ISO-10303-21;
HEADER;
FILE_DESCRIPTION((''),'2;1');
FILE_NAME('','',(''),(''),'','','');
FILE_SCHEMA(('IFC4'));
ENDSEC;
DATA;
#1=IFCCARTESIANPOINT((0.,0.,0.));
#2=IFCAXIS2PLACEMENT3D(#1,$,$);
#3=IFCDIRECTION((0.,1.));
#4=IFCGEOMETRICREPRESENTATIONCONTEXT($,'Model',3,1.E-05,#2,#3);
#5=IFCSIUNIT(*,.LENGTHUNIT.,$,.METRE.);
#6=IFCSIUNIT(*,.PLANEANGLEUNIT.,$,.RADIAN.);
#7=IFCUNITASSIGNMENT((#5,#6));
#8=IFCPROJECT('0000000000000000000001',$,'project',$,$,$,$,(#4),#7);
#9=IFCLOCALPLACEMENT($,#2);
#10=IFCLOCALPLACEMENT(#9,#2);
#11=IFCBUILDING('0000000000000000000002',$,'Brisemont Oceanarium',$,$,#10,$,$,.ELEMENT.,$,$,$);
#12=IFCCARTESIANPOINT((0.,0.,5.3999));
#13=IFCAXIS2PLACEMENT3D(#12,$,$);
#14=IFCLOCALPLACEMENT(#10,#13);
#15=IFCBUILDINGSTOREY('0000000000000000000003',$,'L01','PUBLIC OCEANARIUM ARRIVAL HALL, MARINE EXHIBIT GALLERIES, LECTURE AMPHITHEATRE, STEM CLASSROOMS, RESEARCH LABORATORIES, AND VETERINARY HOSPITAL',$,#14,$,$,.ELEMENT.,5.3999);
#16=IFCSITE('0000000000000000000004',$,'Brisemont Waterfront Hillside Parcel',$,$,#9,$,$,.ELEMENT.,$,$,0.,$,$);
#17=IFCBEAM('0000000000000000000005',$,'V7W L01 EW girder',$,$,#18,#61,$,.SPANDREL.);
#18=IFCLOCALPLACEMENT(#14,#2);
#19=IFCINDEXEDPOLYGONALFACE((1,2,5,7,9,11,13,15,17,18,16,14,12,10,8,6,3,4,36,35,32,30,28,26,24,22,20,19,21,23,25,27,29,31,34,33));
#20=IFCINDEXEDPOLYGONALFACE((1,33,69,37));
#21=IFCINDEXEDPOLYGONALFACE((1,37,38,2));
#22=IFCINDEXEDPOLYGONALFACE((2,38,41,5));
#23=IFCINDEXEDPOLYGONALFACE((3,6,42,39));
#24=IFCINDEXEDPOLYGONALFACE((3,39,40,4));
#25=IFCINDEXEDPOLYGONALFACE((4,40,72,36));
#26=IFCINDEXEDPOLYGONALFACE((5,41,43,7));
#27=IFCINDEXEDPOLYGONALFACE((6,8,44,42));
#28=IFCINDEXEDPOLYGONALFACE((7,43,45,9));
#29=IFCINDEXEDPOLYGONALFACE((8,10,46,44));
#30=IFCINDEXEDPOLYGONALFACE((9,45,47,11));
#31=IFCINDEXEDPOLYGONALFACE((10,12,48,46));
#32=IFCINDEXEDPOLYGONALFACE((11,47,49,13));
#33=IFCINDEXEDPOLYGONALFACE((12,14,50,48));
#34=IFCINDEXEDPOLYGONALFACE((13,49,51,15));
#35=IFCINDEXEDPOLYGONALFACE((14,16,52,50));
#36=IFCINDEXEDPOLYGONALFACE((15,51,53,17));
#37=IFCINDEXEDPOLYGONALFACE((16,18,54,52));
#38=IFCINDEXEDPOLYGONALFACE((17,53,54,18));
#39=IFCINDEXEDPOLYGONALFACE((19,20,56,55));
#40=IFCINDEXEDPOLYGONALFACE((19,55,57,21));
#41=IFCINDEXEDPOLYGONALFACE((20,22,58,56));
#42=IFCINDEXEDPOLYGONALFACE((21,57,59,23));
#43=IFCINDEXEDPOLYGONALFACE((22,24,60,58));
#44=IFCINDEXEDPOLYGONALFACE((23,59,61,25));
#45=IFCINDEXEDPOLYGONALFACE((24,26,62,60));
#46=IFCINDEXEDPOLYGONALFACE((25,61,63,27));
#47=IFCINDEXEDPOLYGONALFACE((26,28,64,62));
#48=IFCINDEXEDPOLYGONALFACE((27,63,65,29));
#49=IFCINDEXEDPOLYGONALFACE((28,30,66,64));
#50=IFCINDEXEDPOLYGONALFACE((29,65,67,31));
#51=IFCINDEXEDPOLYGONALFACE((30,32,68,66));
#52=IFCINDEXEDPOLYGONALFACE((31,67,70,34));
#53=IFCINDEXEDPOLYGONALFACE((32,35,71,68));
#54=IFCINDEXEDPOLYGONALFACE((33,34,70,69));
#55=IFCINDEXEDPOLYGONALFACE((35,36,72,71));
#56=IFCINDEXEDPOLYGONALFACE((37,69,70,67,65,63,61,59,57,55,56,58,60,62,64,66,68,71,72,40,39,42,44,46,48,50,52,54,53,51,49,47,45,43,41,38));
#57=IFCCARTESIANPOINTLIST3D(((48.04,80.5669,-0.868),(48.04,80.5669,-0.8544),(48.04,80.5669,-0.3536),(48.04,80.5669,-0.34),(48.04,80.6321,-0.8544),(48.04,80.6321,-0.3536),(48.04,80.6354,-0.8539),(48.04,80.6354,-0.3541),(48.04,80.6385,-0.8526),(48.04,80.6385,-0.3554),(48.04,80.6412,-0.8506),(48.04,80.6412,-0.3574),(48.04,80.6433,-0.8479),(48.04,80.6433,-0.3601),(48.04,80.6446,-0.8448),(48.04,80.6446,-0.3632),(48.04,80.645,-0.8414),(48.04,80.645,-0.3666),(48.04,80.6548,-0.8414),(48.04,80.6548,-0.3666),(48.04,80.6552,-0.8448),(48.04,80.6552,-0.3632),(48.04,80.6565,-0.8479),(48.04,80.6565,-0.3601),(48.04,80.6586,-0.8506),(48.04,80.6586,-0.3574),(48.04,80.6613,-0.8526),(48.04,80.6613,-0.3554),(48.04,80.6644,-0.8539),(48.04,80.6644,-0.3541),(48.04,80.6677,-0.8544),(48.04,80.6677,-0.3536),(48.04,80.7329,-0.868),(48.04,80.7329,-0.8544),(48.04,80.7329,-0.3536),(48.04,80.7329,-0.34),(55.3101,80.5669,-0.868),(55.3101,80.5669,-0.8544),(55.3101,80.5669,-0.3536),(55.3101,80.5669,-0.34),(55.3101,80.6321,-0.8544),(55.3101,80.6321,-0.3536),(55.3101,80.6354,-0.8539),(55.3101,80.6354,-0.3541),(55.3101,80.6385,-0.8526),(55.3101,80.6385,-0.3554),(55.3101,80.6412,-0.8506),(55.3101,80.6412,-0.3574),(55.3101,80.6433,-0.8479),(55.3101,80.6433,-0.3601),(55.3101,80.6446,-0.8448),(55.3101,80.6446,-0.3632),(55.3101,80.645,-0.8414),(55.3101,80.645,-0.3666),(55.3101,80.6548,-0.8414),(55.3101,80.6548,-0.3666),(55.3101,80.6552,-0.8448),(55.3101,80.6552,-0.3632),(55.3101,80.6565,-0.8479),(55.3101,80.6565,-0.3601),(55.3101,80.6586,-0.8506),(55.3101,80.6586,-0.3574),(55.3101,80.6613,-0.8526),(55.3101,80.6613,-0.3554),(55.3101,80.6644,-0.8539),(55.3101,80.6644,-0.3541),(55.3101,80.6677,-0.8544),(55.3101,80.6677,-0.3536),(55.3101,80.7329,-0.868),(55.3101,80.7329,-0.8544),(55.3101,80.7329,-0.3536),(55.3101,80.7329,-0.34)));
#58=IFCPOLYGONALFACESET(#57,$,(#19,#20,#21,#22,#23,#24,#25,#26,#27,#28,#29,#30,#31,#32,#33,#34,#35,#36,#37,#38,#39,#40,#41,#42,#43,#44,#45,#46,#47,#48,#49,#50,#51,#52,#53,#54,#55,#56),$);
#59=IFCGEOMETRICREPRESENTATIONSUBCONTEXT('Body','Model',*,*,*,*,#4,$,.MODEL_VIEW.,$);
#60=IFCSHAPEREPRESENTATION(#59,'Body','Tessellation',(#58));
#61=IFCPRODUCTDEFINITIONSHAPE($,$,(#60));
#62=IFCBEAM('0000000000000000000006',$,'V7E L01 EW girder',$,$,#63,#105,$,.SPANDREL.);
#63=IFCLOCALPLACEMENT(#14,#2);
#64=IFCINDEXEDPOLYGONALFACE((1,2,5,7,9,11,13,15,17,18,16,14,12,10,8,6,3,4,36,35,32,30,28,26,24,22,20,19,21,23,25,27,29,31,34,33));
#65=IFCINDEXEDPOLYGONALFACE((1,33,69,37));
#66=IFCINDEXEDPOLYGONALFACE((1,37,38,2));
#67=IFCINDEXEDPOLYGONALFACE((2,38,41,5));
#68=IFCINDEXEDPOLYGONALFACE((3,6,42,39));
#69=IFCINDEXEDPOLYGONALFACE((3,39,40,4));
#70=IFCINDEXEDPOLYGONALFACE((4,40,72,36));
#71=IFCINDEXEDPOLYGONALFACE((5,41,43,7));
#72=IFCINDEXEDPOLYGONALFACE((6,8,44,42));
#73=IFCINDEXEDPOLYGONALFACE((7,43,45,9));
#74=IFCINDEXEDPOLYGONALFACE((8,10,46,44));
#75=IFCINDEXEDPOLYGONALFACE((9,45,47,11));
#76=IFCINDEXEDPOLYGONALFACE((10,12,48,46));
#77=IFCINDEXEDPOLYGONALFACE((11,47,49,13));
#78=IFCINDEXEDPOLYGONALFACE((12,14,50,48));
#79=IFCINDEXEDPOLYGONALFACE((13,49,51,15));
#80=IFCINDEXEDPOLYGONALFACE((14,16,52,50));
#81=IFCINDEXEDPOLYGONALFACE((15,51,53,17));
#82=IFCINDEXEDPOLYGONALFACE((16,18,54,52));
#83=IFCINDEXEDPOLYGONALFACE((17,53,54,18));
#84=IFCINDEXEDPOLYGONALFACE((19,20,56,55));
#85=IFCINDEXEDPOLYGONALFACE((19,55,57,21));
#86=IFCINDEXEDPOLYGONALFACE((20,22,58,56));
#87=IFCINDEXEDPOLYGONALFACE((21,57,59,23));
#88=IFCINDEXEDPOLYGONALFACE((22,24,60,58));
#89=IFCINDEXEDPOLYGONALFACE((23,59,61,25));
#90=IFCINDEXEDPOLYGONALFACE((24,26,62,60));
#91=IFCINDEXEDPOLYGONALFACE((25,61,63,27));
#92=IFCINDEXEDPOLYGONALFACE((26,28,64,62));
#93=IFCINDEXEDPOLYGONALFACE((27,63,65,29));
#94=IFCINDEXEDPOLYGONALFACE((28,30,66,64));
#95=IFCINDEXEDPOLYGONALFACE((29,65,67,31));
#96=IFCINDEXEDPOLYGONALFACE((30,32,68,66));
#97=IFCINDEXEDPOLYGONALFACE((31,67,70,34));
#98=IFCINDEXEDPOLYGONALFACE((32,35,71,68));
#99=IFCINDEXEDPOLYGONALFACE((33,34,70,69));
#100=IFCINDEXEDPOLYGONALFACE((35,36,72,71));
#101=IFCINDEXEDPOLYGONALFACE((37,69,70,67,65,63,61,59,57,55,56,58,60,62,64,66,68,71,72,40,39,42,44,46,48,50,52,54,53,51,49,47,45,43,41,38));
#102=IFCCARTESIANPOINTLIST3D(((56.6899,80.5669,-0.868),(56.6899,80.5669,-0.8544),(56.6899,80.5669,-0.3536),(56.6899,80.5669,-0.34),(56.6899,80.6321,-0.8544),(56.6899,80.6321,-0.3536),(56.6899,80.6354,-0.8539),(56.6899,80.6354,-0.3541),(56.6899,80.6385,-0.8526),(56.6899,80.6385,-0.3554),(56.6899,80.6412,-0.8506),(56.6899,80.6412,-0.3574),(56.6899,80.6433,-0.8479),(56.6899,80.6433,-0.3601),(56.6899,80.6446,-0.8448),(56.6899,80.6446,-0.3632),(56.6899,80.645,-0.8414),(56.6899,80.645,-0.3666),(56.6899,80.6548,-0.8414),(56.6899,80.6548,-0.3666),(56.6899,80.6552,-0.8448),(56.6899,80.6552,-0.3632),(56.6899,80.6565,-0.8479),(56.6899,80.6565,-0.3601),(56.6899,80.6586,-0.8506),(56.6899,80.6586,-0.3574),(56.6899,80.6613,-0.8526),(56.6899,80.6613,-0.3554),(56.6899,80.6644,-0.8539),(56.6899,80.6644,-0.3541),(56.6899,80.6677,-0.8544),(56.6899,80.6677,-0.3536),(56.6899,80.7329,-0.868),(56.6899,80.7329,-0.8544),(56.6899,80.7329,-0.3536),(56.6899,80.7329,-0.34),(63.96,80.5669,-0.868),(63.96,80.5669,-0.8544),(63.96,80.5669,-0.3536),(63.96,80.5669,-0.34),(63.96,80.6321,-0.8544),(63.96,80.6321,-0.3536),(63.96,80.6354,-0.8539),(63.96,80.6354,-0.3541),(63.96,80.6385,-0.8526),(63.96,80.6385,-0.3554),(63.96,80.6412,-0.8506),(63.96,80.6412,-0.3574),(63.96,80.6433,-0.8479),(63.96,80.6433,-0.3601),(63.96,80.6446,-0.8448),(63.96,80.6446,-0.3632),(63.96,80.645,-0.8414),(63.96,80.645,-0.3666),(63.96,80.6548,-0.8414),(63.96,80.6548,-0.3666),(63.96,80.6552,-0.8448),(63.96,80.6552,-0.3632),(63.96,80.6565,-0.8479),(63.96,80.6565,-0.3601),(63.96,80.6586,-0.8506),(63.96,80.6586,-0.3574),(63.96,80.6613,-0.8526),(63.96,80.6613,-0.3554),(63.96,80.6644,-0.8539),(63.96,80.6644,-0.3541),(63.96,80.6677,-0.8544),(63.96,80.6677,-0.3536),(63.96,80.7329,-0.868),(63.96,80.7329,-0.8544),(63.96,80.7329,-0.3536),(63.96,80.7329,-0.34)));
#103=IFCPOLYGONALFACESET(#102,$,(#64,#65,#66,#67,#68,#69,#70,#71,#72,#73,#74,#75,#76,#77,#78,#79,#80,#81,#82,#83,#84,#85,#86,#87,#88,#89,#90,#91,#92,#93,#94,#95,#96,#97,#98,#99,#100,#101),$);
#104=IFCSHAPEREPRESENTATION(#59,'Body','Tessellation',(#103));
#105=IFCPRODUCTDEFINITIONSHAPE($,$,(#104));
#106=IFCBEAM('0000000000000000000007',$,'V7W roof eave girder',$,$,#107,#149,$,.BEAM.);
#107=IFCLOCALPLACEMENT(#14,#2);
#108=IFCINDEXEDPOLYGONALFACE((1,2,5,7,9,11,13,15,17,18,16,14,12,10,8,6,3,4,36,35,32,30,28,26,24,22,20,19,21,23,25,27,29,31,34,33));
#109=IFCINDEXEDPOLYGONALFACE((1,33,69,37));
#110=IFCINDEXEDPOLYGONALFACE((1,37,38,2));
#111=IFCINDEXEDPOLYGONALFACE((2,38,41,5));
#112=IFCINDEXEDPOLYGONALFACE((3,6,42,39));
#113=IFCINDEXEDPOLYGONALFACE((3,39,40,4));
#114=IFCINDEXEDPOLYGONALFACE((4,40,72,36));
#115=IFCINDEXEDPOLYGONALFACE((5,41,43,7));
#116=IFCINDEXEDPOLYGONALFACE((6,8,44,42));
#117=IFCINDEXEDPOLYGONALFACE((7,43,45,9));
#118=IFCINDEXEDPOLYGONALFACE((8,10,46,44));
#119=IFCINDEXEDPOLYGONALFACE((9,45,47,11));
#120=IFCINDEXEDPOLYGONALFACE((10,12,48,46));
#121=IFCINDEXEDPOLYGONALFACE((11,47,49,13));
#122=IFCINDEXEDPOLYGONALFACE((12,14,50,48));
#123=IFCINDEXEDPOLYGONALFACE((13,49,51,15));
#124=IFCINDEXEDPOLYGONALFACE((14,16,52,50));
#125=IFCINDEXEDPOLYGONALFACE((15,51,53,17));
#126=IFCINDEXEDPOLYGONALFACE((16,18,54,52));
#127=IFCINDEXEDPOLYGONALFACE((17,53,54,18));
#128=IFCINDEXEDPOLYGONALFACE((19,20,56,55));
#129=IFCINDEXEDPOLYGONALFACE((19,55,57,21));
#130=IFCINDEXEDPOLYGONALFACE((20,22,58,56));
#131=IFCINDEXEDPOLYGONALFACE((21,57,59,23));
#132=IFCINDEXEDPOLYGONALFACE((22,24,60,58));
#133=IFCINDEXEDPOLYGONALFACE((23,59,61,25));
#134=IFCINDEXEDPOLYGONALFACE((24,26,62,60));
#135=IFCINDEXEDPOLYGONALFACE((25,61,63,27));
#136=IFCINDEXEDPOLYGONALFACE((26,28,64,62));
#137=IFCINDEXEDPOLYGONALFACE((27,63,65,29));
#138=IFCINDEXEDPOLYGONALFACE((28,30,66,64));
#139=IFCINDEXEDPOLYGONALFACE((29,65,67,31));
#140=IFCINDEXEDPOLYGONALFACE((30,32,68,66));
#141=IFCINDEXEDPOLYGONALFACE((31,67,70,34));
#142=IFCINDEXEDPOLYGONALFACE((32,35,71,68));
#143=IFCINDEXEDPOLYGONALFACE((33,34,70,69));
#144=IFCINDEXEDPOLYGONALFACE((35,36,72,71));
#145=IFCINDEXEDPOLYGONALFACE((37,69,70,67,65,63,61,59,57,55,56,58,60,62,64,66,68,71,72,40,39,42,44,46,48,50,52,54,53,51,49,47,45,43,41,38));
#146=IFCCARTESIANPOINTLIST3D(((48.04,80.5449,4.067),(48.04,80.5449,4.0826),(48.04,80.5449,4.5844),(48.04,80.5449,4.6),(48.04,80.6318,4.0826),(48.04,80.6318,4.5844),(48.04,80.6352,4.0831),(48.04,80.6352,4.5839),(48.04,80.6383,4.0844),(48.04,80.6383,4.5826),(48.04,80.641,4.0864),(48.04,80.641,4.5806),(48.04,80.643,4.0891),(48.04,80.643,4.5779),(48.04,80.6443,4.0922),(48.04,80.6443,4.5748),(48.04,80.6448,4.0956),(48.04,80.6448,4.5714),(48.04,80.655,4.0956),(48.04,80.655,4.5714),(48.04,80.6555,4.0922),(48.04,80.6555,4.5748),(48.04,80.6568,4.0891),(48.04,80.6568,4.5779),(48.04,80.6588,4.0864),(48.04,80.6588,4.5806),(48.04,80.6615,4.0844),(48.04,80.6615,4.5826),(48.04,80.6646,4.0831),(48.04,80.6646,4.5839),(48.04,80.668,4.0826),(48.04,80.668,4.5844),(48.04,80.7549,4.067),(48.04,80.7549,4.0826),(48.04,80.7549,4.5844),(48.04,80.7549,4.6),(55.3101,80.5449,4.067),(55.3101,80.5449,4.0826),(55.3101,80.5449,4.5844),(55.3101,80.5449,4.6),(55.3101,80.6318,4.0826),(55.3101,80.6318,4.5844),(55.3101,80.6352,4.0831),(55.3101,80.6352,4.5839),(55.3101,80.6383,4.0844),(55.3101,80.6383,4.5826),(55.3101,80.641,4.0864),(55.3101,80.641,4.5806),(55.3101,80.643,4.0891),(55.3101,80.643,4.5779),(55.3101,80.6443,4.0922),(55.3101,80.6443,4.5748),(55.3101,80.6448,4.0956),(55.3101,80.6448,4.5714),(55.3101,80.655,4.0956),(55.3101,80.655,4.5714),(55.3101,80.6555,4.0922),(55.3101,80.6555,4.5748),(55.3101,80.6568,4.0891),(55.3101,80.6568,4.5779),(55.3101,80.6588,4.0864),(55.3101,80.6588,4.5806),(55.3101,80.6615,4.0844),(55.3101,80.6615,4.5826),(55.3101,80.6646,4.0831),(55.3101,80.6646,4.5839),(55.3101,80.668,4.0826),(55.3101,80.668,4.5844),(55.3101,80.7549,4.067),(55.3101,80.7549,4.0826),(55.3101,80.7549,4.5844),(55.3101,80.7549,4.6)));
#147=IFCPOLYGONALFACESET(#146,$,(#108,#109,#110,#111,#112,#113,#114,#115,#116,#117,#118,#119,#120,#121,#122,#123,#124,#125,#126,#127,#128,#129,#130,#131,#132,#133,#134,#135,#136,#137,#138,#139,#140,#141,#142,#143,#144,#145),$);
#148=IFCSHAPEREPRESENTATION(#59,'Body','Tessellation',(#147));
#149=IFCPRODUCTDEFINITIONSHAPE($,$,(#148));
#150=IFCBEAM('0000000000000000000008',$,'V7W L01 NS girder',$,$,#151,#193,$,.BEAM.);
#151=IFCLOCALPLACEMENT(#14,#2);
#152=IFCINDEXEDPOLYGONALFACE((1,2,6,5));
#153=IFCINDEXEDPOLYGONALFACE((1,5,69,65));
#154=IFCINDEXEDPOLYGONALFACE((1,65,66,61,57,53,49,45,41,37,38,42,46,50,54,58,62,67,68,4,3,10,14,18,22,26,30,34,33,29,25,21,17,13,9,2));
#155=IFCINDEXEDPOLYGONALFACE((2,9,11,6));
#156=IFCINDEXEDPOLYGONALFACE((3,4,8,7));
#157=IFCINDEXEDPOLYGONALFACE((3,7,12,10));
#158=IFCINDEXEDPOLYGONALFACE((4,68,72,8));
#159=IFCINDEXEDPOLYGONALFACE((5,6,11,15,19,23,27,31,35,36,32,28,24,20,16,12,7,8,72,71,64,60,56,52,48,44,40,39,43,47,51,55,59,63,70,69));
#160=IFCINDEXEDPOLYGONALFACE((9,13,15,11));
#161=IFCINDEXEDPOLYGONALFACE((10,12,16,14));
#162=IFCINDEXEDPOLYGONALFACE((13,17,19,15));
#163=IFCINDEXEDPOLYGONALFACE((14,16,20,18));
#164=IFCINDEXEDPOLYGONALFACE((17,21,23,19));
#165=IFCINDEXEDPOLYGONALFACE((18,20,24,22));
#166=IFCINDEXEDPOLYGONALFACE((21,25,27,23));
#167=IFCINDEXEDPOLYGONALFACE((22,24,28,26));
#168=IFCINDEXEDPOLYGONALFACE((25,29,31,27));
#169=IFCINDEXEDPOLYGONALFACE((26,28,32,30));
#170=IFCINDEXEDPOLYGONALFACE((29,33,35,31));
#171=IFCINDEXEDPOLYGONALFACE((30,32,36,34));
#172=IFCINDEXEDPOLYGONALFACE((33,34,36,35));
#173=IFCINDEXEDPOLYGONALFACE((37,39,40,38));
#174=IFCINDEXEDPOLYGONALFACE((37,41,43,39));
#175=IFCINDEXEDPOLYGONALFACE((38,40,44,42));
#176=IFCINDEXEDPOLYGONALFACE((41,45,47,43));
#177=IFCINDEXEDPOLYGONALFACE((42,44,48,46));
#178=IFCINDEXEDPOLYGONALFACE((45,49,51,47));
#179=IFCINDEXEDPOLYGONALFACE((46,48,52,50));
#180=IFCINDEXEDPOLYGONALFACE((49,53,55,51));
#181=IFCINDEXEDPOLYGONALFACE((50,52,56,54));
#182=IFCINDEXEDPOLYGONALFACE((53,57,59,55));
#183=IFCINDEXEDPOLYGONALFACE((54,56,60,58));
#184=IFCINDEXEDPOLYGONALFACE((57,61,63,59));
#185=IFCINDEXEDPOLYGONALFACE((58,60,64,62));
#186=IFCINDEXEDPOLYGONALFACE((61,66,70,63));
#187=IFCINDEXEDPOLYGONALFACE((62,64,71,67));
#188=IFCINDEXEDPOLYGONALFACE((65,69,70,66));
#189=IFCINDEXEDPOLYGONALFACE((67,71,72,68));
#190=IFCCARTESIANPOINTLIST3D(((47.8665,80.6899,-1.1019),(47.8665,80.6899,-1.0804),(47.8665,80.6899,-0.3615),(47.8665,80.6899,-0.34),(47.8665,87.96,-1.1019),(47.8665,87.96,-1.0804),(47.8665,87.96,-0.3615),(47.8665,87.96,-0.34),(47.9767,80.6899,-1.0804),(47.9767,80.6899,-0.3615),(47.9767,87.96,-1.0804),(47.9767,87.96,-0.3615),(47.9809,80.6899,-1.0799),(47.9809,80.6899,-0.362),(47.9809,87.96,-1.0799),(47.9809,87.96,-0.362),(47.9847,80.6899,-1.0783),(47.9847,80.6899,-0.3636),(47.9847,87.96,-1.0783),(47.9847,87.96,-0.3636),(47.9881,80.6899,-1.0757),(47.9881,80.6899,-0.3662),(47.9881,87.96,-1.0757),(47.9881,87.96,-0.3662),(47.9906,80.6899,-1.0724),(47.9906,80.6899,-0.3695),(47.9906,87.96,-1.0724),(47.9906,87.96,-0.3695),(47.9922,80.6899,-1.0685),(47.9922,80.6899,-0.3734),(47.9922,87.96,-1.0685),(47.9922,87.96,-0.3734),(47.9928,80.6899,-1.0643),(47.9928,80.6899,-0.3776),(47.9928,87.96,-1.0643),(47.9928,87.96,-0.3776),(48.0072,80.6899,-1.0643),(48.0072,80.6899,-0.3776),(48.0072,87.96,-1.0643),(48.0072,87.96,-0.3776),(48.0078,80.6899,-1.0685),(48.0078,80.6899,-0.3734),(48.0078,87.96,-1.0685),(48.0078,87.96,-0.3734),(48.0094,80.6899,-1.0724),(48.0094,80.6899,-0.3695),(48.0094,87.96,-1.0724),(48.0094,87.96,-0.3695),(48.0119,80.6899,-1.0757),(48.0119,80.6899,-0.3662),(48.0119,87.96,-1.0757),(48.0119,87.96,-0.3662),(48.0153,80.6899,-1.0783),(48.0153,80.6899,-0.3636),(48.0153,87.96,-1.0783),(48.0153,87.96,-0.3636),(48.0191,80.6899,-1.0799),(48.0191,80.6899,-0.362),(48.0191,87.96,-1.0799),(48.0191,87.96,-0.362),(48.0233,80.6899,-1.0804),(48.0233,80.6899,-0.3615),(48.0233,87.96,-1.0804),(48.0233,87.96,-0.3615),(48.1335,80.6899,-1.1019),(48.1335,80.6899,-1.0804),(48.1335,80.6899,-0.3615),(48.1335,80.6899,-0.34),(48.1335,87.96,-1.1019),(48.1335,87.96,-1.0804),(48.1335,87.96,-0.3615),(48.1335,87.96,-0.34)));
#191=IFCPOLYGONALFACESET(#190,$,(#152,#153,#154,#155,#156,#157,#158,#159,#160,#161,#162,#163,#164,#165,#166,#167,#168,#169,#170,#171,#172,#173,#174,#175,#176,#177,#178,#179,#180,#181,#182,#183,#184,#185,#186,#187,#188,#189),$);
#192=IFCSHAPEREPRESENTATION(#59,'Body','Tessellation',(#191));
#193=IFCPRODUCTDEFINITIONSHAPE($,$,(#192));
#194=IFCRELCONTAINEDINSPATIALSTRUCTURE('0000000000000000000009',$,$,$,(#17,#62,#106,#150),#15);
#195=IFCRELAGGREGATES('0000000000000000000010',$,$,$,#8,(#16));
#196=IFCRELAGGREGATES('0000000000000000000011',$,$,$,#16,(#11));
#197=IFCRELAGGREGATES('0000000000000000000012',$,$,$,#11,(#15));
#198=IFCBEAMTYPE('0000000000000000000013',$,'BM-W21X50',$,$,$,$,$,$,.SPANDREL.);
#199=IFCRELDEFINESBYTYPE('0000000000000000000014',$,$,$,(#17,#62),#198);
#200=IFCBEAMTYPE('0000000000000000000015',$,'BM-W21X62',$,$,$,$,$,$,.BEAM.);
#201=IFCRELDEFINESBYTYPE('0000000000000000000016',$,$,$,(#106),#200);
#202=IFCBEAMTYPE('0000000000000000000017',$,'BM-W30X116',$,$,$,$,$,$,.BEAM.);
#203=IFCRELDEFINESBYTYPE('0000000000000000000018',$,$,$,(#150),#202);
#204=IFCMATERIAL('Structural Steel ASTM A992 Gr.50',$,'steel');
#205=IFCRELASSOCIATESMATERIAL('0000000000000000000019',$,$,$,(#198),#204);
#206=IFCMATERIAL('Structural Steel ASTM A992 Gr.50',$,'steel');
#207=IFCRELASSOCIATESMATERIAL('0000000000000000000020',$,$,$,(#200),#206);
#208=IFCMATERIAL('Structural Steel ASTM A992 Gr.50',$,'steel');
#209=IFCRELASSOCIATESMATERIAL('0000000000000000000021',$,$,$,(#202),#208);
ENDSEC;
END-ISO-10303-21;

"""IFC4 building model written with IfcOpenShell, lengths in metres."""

from ifc_helpers import new_model, si_unit, direction, frame, origin, origin_2d, place, context, subcontext, project, spatial, i_section, extrude, material, material_profile, profile_set, type_object, element, save


model = new_model("IFC4")

# Units and contexts
model_context = context("Model", 3, precision=1e-05, world=origin(), true_north=direction((0.0, 1.0)))
body_context = subcontext(model_context, "Body", "Model", "MODEL_VIEW")
ifc_project = project(units=[si_unit("LENGTHUNIT", "METRE"), si_unit("PLANEANGLEUNIT", "RADIAN")], contexts=[model_context])

# Site, building, storey
site_placement = place(None, origin())
site = spatial("IfcSite", under=ifc_project, at=site_placement, Name="Brisemont Waterfront Hillside Parcel", CompositionType="ELEMENT", RefElevation=0.0)
building_placement = place(site_placement, origin())
building = spatial("IfcBuilding", under=site, at=building_placement, Name="Brisemont Oceanarium", CompositionType="ELEMENT")
storey_placement = place(building_placement, frame((0.0, 0.0, 5.3999)))
storey = spatial("IfcBuildingStorey", under=building, at=storey_placement, Name="L01", Description="PUBLIC OCEANARIUM ARRIVAL HALL, MARINE EXHIBIT GALLERIES, LECTURE AMPHITHEATRE, STEM CLASSROOMS, RESEARCH LABORATORIES, AND VETERINARY HOSPITAL", CompositionType="ELEMENT", Elevation=5.3999)

# Beams
ifc_material_1 = material(Name="Structural Steel ASTM A992 Gr.50", Category="steel")
ifc_material_profile_1 = material_profile(ifc_material_1, i_section(OverallWidth=0.166, OverallDepth=0.5281, WebThickness=0.0098, FlangeThickness=0.0137, FilletRadius=0.0129, at=origin_2d()), Name="W21X50")
ifc_profile_set_1 = profile_set([ifc_material_profile_1], Name="Structural Steel ASTM A992 Gr.50")
beam_type_1 = type_object("IfcBeamType", Name="BM-W21X50", PredefinedType="SPANDREL", material=ifc_profile_set_1)
for number, where, z_axis, x_axis, name in (
    (1, (48.04, 80.6499, -0.604), (1.0, 0.0, 0.0), (0.0, 1.0, 0.0), "V7W L01 EW girder"),
    (2, (56.6899, 80.6499, -0.604), (1.0, 0.0, 0.0), (0.0, 1.0, 0.0), "V7E L01 EW girder"),
):
    element("IfcBeam", number, at=place(storey_placement, frame(where, z_axis=z_axis, x_axis=x_axis)), inside=storey, type_object=beam_type_1, Name=name, PredefinedType="SPANDREL", context=body_context, shape_type="SweptSolid", body=[
        extrude(i_section(OverallWidth=0.166, OverallDepth=0.5281, WebThickness=0.0098, FlangeThickness=0.0137, FilletRadius=0.0129, at=origin_2d()), origin(), (0.0, 0.0, 1.0), 7.27),
    ])
ifc_material_2 = material(Name="Structural Steel ASTM A992 Gr.50", Category="steel")
ifc_material_profile_2 = material_profile(ifc_material_2, i_section(OverallWidth=0.21, OverallDepth=0.533, WebThickness=0.0103, FlangeThickness=0.0156, FilletRadius=0.0129, at=origin_2d()), Name="W21X62")
ifc_profile_set_2 = profile_set([ifc_material_profile_2], Name="Structural Steel ASTM A992 Gr.50")
beam_type_2 = type_object("IfcBeamType", Name="BM-W21X62", PredefinedType="BEAM", material=ifc_profile_set_2)
beam_1_placement = place(storey_placement, frame((48.04, 80.6499, 4.3335), z_axis=(1.0, 0.0, 0.0), x_axis=(0.0, 1.0, 0.0)))
element("IfcBeam", 3, at=beam_1_placement, inside=storey, type_object=beam_type_2, Name="V7W roof eave girder", PredefinedType="BEAM", context=body_context, shape_type="SweptSolid", body=[
    extrude(i_section(OverallWidth=0.21, OverallDepth=0.533, WebThickness=0.0103, FlangeThickness=0.0156, FilletRadius=0.0129, at=origin_2d()), origin(), (0.0, 0.0, 1.0), 7.27),
])
ifc_material_3 = material(Name="Structural Steel ASTM A992 Gr.50", Category="steel")
ifc_material_profile_3 = material_profile(ifc_material_3, i_section(OverallWidth=0.2671, OverallDepth=0.762, WebThickness=0.0144, FlangeThickness=0.0215, FilletRadius=0.0161, at=origin_2d()), Name="W30X116")
ifc_profile_set_3 = profile_set([ifc_material_profile_3], Name="Structural Steel ASTM A992 Gr.50")
beam_type_3 = type_object("IfcBeamType", Name="BM-W30X116", PredefinedType="BEAM", material=ifc_profile_set_3)
beam_2_placement = place(storey_placement, frame((48.0, 80.6899, -0.7209), z_axis=(0.0, 1.0, 0.0), x_axis=(-1.0, 0.0, 0.0)))
element("IfcBeam", 4, at=beam_2_placement, inside=storey, type_object=beam_type_3, Name="V7W L01 NS girder", PredefinedType="BEAM", context=body_context, shape_type="SweptSolid", body=[
    extrude(i_section(OverallWidth=0.2671, OverallDepth=0.762, WebThickness=0.0144, FlangeThickness=0.0215, FilletRadius=0.0161, at=origin_2d()), origin(), (0.0, 0.0, 1.0), 7.27),
])

save(model, "model.ifc")
